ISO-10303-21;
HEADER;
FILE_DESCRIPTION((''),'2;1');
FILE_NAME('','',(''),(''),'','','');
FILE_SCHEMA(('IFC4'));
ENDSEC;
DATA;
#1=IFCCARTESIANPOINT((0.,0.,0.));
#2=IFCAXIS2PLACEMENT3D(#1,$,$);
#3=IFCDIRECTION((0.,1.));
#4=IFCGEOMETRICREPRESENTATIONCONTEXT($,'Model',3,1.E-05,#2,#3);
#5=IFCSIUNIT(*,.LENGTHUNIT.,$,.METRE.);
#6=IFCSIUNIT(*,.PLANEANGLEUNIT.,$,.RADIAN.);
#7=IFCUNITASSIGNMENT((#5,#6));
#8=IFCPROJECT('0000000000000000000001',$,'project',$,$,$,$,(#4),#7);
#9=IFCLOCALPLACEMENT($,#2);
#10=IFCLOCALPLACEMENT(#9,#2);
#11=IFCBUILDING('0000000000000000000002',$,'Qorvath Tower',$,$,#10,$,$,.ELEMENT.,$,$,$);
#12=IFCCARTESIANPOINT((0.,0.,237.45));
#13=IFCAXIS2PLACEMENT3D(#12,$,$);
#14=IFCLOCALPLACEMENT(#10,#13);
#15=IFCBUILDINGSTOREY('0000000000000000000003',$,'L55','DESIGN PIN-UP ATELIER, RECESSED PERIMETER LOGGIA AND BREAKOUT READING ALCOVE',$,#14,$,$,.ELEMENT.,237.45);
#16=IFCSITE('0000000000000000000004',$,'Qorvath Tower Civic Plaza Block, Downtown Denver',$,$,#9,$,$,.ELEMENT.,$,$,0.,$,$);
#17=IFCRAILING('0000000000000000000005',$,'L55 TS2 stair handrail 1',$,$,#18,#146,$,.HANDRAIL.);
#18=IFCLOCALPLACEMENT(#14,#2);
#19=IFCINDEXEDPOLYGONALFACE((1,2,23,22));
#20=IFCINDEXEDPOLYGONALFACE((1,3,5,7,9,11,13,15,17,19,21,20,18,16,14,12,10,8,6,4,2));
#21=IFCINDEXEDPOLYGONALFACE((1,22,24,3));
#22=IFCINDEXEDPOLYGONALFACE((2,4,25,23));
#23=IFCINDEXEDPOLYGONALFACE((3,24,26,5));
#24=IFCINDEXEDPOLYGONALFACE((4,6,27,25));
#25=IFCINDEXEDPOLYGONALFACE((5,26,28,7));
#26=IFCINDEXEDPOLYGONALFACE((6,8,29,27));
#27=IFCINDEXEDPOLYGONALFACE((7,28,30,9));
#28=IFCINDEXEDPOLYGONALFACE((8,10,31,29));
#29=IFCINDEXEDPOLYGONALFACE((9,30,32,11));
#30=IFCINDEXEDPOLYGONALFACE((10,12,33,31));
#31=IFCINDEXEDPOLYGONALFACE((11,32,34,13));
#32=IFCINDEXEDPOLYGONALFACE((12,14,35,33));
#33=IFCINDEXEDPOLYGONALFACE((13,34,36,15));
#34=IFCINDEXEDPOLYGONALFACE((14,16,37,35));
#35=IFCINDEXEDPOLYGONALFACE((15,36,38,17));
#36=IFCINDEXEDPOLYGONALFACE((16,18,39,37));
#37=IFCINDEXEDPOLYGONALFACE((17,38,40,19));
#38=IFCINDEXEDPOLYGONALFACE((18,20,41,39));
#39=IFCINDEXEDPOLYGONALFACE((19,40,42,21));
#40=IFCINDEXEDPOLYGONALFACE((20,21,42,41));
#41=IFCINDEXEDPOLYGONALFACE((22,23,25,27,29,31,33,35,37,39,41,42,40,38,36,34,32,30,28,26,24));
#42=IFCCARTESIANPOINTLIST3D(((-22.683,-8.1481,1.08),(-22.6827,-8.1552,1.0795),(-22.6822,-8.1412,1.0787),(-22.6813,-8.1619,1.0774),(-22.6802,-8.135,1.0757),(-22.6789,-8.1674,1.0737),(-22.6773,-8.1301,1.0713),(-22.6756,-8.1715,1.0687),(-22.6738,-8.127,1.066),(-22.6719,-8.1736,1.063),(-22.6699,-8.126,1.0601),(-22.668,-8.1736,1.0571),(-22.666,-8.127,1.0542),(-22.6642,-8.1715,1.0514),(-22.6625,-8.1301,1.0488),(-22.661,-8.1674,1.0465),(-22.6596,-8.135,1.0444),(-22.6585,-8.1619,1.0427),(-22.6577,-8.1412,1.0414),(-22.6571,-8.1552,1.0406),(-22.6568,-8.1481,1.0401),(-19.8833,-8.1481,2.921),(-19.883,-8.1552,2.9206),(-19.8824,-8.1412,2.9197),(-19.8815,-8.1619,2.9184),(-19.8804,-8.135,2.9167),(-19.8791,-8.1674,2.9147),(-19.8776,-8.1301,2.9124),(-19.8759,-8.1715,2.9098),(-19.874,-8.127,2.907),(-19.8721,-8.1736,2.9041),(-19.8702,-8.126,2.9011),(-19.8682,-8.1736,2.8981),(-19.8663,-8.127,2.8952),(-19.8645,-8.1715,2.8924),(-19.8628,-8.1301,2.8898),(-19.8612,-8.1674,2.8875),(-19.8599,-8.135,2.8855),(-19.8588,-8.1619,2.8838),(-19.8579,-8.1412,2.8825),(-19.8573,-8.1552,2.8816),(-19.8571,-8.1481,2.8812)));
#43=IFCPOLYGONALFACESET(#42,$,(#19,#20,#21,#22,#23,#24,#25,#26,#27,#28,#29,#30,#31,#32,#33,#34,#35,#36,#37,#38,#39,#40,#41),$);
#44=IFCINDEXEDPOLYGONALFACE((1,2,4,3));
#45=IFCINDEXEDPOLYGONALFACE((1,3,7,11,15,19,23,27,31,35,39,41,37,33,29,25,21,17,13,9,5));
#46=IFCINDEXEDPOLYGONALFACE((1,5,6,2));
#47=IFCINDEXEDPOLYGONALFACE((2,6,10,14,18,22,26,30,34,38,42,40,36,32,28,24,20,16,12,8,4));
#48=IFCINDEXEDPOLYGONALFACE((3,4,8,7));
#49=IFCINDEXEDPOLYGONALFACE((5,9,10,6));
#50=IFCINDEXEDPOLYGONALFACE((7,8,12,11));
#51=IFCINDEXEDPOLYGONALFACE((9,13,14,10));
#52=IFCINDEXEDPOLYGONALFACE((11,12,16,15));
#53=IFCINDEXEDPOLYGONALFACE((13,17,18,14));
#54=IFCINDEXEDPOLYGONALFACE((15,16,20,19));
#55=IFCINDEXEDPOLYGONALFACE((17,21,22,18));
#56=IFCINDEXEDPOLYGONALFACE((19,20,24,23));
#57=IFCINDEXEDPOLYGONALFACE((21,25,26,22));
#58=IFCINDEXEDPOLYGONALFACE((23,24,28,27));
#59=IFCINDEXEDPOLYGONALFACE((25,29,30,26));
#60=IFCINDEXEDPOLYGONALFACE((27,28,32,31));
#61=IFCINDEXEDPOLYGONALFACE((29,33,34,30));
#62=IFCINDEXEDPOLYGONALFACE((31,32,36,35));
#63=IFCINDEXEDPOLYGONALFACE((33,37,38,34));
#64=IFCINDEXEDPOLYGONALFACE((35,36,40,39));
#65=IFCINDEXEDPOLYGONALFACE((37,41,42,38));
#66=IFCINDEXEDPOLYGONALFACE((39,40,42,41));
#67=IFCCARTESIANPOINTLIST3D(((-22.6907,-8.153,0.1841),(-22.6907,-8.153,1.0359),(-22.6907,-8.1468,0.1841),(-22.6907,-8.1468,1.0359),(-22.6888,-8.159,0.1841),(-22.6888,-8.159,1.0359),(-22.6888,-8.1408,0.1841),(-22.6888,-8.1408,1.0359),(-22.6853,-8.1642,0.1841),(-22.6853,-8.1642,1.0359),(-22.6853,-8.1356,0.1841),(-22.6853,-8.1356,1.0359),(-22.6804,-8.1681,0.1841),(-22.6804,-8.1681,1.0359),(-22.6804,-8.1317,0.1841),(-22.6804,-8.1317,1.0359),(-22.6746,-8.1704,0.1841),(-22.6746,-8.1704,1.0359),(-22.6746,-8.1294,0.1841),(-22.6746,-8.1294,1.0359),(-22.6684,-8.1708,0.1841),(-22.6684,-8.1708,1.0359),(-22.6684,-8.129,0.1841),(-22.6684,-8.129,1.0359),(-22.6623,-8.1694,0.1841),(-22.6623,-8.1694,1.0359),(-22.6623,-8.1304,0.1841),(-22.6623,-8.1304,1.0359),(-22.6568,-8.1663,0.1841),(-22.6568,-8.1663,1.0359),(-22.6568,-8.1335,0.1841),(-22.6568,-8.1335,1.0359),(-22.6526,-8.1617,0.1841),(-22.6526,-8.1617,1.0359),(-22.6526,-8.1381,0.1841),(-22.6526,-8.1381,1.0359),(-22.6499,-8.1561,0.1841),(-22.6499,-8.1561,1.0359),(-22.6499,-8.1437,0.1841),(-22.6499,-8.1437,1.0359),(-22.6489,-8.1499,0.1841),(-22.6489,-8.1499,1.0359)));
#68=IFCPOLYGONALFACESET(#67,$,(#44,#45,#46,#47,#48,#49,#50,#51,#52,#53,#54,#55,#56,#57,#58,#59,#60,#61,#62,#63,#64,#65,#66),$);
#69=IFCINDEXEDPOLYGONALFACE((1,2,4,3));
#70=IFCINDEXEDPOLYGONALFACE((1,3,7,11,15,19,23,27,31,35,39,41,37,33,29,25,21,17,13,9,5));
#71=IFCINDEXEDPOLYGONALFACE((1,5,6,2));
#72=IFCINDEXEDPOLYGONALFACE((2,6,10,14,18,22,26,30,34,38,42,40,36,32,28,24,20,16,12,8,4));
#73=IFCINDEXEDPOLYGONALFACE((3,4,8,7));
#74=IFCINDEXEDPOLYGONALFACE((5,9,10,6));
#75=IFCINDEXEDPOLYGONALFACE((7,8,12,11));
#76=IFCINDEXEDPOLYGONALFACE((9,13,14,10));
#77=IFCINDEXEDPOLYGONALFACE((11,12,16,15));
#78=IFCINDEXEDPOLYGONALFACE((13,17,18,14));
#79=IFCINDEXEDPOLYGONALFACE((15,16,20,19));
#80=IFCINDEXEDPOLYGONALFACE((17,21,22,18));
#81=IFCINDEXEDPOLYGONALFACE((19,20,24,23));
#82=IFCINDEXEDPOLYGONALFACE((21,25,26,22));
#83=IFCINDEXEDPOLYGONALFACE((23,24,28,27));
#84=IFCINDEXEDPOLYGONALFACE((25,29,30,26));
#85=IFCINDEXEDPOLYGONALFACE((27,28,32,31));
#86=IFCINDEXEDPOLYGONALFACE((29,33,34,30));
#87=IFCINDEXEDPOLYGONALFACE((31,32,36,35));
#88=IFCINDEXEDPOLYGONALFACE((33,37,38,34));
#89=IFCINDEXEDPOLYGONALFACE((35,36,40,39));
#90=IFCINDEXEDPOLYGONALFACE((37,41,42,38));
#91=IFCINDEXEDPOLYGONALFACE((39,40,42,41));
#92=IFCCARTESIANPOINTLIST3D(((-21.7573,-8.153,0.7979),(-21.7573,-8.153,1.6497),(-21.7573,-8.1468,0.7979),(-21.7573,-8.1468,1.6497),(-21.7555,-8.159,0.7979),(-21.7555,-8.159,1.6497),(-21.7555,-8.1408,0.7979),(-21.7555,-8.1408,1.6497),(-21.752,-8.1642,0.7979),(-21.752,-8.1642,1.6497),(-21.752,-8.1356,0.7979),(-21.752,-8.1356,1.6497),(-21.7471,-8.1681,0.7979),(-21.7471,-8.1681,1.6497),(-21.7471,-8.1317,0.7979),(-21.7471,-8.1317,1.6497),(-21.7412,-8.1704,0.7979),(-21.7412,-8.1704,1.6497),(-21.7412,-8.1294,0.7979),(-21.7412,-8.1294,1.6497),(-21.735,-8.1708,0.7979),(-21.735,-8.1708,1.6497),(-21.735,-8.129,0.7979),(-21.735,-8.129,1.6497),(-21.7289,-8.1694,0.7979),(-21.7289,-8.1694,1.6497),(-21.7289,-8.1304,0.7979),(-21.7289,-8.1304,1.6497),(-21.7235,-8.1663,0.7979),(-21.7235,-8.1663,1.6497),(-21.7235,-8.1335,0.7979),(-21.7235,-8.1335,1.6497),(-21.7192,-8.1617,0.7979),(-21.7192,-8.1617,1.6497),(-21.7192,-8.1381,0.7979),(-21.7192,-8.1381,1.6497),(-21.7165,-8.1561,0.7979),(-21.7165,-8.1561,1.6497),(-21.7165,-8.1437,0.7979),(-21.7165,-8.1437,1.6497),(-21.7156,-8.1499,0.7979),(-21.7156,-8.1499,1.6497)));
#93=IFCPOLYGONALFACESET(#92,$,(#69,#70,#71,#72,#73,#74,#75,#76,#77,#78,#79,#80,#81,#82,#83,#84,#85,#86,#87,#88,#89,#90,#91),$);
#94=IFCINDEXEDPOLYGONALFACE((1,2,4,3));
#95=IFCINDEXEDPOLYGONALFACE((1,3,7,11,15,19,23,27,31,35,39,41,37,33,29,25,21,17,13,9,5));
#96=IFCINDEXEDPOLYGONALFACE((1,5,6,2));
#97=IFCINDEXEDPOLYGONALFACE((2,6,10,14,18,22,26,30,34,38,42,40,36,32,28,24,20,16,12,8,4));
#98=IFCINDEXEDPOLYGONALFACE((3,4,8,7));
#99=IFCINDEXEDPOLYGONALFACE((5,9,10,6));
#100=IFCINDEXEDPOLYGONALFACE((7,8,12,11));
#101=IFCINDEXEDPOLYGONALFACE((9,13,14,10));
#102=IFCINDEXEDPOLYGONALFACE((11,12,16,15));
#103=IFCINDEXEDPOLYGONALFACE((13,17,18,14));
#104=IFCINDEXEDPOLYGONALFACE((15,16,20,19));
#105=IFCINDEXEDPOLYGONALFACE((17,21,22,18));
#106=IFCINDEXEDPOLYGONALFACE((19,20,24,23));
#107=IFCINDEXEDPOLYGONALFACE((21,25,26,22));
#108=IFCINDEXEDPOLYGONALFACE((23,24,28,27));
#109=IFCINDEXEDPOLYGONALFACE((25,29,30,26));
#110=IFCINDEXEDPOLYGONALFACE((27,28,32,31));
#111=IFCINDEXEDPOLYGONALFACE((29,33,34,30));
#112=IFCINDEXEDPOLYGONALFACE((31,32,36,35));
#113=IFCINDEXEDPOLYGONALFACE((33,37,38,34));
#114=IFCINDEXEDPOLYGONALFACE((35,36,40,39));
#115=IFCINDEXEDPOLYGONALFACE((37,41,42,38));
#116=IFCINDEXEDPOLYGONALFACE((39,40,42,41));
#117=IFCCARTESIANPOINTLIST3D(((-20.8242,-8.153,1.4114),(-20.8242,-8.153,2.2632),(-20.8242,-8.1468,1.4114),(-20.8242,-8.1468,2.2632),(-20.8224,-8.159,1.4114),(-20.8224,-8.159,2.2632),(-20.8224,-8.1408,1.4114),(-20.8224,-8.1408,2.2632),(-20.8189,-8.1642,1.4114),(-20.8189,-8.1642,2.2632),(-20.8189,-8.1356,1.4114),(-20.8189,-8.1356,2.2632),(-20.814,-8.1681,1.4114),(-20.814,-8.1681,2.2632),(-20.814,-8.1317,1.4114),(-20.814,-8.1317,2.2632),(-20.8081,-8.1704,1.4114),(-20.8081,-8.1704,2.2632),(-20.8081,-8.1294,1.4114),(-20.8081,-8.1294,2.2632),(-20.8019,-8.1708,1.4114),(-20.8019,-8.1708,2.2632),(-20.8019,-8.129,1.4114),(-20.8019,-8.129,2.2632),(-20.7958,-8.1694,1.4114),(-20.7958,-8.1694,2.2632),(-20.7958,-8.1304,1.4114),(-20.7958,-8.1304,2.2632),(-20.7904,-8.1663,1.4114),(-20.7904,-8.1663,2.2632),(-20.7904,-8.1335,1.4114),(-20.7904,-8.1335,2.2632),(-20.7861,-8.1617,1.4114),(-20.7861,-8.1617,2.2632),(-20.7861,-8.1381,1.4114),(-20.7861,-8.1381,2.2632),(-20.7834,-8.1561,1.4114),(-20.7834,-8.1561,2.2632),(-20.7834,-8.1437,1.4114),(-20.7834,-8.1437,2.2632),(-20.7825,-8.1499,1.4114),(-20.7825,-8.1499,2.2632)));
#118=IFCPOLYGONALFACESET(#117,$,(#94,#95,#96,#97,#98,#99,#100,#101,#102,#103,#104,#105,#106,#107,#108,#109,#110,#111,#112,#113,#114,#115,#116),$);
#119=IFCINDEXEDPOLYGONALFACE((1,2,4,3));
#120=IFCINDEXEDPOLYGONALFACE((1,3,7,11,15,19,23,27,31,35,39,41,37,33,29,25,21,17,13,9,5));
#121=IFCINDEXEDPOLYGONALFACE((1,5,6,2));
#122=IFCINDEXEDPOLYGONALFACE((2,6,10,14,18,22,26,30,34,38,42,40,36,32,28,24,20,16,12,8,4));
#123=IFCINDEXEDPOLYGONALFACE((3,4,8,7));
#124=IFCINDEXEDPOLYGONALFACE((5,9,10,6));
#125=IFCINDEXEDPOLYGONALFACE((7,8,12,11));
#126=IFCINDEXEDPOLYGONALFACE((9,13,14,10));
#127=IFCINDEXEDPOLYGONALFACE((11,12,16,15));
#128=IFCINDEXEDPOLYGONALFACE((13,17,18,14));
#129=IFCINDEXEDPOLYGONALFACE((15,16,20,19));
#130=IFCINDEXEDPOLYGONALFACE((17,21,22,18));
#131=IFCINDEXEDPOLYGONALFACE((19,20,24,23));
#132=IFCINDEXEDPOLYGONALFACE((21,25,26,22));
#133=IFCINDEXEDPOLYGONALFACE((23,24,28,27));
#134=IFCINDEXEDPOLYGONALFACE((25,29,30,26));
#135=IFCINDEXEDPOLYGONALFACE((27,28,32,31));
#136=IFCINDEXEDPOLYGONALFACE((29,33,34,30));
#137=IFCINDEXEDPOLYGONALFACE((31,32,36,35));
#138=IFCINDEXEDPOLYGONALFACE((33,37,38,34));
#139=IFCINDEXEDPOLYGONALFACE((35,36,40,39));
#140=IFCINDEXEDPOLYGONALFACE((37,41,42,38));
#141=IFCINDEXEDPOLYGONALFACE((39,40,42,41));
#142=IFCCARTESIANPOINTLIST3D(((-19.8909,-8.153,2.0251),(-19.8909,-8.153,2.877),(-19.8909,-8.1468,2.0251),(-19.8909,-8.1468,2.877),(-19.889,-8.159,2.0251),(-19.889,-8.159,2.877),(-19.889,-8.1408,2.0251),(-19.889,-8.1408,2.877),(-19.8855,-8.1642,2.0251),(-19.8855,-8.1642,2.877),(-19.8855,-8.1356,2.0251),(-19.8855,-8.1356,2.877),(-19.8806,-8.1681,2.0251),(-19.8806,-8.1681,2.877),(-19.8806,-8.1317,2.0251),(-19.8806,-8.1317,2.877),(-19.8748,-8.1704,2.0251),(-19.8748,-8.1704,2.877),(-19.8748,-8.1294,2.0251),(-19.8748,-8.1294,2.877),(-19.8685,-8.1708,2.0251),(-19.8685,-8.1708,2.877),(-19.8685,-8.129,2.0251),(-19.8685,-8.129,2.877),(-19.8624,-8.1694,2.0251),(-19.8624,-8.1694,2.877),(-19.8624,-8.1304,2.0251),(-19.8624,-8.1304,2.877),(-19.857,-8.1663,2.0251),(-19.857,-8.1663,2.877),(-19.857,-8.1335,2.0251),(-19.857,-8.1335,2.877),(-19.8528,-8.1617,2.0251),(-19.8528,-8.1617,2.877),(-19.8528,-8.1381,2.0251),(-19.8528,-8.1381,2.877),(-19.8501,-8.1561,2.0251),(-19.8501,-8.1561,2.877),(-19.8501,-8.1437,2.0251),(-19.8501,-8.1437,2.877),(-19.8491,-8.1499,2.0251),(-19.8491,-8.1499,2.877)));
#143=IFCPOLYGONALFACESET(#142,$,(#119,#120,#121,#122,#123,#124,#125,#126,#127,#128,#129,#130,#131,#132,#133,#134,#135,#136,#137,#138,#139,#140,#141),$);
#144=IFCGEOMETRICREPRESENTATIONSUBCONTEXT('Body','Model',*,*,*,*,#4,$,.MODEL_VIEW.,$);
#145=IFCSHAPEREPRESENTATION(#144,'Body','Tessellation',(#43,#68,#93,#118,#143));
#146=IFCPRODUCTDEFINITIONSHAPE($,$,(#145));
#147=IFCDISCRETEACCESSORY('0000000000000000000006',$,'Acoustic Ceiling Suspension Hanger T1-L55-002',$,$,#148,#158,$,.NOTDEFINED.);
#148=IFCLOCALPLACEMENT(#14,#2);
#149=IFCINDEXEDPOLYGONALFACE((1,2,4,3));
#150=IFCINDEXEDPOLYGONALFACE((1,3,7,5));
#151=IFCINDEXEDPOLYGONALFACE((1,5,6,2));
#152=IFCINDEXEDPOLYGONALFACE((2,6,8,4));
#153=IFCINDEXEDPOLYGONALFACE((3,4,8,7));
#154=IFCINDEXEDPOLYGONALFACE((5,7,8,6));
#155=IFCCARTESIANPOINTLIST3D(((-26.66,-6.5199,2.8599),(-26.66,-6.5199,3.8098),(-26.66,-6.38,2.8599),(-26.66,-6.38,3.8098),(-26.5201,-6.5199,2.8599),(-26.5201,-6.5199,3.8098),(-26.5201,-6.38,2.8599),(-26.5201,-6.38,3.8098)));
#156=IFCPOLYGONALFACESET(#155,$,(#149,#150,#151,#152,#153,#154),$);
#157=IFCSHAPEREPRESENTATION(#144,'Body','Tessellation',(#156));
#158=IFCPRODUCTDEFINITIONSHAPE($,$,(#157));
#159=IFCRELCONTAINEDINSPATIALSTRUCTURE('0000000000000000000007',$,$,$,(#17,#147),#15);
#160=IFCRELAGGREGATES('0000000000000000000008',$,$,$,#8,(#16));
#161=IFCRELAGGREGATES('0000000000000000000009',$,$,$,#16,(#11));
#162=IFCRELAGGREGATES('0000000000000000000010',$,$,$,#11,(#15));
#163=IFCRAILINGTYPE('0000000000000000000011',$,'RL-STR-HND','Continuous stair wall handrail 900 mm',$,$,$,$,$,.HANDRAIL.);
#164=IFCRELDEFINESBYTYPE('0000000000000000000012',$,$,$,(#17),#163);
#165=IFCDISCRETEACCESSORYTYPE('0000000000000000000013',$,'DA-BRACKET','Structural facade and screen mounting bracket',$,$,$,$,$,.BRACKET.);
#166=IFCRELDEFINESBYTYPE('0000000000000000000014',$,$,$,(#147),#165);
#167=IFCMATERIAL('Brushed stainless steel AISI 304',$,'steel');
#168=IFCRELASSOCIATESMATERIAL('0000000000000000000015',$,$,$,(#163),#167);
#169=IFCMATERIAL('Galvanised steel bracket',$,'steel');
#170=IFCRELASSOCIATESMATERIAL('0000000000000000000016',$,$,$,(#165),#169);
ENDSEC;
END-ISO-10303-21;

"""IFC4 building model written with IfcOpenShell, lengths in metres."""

from ifc_helpers import new_model, si_unit, direction, frame, origin, origin_2d, place, context, subcontext, project, spatial, rectangle, circle, extrude, material, type_object, element, save


model = new_model("IFC4")

# Units and contexts
model_context = context("Model", 3, precision=1e-05, world=origin(), true_north=direction((0.0, 1.0)))
body_context = subcontext(model_context, "Body", "Model", "MODEL_VIEW")
ifc_project = project(units=[si_unit("LENGTHUNIT", "METRE"), si_unit("PLANEANGLEUNIT", "RADIAN")], contexts=[model_context])

# Site, building, storey
site_placement = place(None, origin())
site = spatial("IfcSite", under=ifc_project, at=site_placement, Name="Qorvath Tower Civic Plaza Block, Downtown Denver", CompositionType="ELEMENT", RefElevation=0.0)
building_placement = place(site_placement, origin())
building = spatial("IfcBuilding", under=site, at=building_placement, Name="Qorvath Tower", CompositionType="ELEMENT")
storey_placement = place(building_placement, frame((0.0, 0.0, 237.45)))
storey = spatial("IfcBuildingStorey", under=building, at=storey_placement, Name="L55", Description="DESIGN PIN-UP ATELIER, RECESSED PERIMETER LOGGIA AND BREAKOUT READING ALCOVE", CompositionType="ELEMENT", Elevation=237.45)

# Railing
ifc_material_1 = material(Name="Brushed stainless steel AISI 304", Category="steel")
railing_type_1 = type_object("IfcRailingType", Name="RL-STR-HND", Description="Continuous stair wall handrail 900 mm", PredefinedType="HANDRAIL", material=ifc_material_1)
railing_1_placement = place(storey_placement, frame((-22.6699, -8.1499, 0.1841)))
element("IfcRailing", 1, at=railing_1_placement, inside=storey, type_object=railing_type_1, Name="L55 TS2 stair handrail 1", PredefinedType="HANDRAIL", context=body_context, shape_type="SweptSolid", body=[
    extrude(circle(Radius=0.0239, at=origin_2d()), frame((0.0, 0.0, 0.876), z_axis=(0.835542, 0.0, 0.549426), x_axis=(0.0, 1.0, 0.0)), (0.0, 0.0, 1.0), 3.3508),
    extrude(circle(Radius=0.021, at=origin_2d()), origin(), (0.0, 0.0, 1.0), 0.8518),
    extrude(circle(Radius=0.021, at=origin_2d()), frame((0.9333, 0.0, 0.6138)), (0.0, 0.0, 1.0), 0.8518),
    extrude(circle(Radius=0.021, at=origin_2d()), frame((1.8665, 0.0, 1.2273)), (0.0, 0.0, 1.0), 0.8518),
    extrude(circle(Radius=0.021, at=origin_2d()), frame((2.7998, 0.0, 1.8411)), (0.0, 0.0, 1.0), 0.8518),
])

# Discrete accessory
ifc_material_2 = material(Name="Galvanised steel bracket", Category="steel")
discrete_accessory_type = type_object("IfcDiscreteAccessoryType", Name="DA-BRACKET", Description="Structural facade and screen mounting bracket", PredefinedType="BRACKET", material=ifc_material_2)
discrete_accessory_placement = place(storey_placement, frame((-26.5901, -6.45, 2.8599), z_axis=(0.0, 0.0, 1.0), x_axis=(1.0, 0.0, 0.0)))
element("IfcDiscreteAccessory", 2, at=discrete_accessory_placement, inside=storey, type_object=discrete_accessory_type, Name="Acoustic Ceiling Suspension Hanger T1-L55-002", PredefinedType="NOTDEFINED", context=body_context, shape_type="SweptSolid", body=[
    extrude(rectangle(XDim=0.1399, YDim=0.1399, at=origin_2d()), origin(), (0.0, 0.0, 1.0), 0.95),
])

save(model, "model.ifc")
